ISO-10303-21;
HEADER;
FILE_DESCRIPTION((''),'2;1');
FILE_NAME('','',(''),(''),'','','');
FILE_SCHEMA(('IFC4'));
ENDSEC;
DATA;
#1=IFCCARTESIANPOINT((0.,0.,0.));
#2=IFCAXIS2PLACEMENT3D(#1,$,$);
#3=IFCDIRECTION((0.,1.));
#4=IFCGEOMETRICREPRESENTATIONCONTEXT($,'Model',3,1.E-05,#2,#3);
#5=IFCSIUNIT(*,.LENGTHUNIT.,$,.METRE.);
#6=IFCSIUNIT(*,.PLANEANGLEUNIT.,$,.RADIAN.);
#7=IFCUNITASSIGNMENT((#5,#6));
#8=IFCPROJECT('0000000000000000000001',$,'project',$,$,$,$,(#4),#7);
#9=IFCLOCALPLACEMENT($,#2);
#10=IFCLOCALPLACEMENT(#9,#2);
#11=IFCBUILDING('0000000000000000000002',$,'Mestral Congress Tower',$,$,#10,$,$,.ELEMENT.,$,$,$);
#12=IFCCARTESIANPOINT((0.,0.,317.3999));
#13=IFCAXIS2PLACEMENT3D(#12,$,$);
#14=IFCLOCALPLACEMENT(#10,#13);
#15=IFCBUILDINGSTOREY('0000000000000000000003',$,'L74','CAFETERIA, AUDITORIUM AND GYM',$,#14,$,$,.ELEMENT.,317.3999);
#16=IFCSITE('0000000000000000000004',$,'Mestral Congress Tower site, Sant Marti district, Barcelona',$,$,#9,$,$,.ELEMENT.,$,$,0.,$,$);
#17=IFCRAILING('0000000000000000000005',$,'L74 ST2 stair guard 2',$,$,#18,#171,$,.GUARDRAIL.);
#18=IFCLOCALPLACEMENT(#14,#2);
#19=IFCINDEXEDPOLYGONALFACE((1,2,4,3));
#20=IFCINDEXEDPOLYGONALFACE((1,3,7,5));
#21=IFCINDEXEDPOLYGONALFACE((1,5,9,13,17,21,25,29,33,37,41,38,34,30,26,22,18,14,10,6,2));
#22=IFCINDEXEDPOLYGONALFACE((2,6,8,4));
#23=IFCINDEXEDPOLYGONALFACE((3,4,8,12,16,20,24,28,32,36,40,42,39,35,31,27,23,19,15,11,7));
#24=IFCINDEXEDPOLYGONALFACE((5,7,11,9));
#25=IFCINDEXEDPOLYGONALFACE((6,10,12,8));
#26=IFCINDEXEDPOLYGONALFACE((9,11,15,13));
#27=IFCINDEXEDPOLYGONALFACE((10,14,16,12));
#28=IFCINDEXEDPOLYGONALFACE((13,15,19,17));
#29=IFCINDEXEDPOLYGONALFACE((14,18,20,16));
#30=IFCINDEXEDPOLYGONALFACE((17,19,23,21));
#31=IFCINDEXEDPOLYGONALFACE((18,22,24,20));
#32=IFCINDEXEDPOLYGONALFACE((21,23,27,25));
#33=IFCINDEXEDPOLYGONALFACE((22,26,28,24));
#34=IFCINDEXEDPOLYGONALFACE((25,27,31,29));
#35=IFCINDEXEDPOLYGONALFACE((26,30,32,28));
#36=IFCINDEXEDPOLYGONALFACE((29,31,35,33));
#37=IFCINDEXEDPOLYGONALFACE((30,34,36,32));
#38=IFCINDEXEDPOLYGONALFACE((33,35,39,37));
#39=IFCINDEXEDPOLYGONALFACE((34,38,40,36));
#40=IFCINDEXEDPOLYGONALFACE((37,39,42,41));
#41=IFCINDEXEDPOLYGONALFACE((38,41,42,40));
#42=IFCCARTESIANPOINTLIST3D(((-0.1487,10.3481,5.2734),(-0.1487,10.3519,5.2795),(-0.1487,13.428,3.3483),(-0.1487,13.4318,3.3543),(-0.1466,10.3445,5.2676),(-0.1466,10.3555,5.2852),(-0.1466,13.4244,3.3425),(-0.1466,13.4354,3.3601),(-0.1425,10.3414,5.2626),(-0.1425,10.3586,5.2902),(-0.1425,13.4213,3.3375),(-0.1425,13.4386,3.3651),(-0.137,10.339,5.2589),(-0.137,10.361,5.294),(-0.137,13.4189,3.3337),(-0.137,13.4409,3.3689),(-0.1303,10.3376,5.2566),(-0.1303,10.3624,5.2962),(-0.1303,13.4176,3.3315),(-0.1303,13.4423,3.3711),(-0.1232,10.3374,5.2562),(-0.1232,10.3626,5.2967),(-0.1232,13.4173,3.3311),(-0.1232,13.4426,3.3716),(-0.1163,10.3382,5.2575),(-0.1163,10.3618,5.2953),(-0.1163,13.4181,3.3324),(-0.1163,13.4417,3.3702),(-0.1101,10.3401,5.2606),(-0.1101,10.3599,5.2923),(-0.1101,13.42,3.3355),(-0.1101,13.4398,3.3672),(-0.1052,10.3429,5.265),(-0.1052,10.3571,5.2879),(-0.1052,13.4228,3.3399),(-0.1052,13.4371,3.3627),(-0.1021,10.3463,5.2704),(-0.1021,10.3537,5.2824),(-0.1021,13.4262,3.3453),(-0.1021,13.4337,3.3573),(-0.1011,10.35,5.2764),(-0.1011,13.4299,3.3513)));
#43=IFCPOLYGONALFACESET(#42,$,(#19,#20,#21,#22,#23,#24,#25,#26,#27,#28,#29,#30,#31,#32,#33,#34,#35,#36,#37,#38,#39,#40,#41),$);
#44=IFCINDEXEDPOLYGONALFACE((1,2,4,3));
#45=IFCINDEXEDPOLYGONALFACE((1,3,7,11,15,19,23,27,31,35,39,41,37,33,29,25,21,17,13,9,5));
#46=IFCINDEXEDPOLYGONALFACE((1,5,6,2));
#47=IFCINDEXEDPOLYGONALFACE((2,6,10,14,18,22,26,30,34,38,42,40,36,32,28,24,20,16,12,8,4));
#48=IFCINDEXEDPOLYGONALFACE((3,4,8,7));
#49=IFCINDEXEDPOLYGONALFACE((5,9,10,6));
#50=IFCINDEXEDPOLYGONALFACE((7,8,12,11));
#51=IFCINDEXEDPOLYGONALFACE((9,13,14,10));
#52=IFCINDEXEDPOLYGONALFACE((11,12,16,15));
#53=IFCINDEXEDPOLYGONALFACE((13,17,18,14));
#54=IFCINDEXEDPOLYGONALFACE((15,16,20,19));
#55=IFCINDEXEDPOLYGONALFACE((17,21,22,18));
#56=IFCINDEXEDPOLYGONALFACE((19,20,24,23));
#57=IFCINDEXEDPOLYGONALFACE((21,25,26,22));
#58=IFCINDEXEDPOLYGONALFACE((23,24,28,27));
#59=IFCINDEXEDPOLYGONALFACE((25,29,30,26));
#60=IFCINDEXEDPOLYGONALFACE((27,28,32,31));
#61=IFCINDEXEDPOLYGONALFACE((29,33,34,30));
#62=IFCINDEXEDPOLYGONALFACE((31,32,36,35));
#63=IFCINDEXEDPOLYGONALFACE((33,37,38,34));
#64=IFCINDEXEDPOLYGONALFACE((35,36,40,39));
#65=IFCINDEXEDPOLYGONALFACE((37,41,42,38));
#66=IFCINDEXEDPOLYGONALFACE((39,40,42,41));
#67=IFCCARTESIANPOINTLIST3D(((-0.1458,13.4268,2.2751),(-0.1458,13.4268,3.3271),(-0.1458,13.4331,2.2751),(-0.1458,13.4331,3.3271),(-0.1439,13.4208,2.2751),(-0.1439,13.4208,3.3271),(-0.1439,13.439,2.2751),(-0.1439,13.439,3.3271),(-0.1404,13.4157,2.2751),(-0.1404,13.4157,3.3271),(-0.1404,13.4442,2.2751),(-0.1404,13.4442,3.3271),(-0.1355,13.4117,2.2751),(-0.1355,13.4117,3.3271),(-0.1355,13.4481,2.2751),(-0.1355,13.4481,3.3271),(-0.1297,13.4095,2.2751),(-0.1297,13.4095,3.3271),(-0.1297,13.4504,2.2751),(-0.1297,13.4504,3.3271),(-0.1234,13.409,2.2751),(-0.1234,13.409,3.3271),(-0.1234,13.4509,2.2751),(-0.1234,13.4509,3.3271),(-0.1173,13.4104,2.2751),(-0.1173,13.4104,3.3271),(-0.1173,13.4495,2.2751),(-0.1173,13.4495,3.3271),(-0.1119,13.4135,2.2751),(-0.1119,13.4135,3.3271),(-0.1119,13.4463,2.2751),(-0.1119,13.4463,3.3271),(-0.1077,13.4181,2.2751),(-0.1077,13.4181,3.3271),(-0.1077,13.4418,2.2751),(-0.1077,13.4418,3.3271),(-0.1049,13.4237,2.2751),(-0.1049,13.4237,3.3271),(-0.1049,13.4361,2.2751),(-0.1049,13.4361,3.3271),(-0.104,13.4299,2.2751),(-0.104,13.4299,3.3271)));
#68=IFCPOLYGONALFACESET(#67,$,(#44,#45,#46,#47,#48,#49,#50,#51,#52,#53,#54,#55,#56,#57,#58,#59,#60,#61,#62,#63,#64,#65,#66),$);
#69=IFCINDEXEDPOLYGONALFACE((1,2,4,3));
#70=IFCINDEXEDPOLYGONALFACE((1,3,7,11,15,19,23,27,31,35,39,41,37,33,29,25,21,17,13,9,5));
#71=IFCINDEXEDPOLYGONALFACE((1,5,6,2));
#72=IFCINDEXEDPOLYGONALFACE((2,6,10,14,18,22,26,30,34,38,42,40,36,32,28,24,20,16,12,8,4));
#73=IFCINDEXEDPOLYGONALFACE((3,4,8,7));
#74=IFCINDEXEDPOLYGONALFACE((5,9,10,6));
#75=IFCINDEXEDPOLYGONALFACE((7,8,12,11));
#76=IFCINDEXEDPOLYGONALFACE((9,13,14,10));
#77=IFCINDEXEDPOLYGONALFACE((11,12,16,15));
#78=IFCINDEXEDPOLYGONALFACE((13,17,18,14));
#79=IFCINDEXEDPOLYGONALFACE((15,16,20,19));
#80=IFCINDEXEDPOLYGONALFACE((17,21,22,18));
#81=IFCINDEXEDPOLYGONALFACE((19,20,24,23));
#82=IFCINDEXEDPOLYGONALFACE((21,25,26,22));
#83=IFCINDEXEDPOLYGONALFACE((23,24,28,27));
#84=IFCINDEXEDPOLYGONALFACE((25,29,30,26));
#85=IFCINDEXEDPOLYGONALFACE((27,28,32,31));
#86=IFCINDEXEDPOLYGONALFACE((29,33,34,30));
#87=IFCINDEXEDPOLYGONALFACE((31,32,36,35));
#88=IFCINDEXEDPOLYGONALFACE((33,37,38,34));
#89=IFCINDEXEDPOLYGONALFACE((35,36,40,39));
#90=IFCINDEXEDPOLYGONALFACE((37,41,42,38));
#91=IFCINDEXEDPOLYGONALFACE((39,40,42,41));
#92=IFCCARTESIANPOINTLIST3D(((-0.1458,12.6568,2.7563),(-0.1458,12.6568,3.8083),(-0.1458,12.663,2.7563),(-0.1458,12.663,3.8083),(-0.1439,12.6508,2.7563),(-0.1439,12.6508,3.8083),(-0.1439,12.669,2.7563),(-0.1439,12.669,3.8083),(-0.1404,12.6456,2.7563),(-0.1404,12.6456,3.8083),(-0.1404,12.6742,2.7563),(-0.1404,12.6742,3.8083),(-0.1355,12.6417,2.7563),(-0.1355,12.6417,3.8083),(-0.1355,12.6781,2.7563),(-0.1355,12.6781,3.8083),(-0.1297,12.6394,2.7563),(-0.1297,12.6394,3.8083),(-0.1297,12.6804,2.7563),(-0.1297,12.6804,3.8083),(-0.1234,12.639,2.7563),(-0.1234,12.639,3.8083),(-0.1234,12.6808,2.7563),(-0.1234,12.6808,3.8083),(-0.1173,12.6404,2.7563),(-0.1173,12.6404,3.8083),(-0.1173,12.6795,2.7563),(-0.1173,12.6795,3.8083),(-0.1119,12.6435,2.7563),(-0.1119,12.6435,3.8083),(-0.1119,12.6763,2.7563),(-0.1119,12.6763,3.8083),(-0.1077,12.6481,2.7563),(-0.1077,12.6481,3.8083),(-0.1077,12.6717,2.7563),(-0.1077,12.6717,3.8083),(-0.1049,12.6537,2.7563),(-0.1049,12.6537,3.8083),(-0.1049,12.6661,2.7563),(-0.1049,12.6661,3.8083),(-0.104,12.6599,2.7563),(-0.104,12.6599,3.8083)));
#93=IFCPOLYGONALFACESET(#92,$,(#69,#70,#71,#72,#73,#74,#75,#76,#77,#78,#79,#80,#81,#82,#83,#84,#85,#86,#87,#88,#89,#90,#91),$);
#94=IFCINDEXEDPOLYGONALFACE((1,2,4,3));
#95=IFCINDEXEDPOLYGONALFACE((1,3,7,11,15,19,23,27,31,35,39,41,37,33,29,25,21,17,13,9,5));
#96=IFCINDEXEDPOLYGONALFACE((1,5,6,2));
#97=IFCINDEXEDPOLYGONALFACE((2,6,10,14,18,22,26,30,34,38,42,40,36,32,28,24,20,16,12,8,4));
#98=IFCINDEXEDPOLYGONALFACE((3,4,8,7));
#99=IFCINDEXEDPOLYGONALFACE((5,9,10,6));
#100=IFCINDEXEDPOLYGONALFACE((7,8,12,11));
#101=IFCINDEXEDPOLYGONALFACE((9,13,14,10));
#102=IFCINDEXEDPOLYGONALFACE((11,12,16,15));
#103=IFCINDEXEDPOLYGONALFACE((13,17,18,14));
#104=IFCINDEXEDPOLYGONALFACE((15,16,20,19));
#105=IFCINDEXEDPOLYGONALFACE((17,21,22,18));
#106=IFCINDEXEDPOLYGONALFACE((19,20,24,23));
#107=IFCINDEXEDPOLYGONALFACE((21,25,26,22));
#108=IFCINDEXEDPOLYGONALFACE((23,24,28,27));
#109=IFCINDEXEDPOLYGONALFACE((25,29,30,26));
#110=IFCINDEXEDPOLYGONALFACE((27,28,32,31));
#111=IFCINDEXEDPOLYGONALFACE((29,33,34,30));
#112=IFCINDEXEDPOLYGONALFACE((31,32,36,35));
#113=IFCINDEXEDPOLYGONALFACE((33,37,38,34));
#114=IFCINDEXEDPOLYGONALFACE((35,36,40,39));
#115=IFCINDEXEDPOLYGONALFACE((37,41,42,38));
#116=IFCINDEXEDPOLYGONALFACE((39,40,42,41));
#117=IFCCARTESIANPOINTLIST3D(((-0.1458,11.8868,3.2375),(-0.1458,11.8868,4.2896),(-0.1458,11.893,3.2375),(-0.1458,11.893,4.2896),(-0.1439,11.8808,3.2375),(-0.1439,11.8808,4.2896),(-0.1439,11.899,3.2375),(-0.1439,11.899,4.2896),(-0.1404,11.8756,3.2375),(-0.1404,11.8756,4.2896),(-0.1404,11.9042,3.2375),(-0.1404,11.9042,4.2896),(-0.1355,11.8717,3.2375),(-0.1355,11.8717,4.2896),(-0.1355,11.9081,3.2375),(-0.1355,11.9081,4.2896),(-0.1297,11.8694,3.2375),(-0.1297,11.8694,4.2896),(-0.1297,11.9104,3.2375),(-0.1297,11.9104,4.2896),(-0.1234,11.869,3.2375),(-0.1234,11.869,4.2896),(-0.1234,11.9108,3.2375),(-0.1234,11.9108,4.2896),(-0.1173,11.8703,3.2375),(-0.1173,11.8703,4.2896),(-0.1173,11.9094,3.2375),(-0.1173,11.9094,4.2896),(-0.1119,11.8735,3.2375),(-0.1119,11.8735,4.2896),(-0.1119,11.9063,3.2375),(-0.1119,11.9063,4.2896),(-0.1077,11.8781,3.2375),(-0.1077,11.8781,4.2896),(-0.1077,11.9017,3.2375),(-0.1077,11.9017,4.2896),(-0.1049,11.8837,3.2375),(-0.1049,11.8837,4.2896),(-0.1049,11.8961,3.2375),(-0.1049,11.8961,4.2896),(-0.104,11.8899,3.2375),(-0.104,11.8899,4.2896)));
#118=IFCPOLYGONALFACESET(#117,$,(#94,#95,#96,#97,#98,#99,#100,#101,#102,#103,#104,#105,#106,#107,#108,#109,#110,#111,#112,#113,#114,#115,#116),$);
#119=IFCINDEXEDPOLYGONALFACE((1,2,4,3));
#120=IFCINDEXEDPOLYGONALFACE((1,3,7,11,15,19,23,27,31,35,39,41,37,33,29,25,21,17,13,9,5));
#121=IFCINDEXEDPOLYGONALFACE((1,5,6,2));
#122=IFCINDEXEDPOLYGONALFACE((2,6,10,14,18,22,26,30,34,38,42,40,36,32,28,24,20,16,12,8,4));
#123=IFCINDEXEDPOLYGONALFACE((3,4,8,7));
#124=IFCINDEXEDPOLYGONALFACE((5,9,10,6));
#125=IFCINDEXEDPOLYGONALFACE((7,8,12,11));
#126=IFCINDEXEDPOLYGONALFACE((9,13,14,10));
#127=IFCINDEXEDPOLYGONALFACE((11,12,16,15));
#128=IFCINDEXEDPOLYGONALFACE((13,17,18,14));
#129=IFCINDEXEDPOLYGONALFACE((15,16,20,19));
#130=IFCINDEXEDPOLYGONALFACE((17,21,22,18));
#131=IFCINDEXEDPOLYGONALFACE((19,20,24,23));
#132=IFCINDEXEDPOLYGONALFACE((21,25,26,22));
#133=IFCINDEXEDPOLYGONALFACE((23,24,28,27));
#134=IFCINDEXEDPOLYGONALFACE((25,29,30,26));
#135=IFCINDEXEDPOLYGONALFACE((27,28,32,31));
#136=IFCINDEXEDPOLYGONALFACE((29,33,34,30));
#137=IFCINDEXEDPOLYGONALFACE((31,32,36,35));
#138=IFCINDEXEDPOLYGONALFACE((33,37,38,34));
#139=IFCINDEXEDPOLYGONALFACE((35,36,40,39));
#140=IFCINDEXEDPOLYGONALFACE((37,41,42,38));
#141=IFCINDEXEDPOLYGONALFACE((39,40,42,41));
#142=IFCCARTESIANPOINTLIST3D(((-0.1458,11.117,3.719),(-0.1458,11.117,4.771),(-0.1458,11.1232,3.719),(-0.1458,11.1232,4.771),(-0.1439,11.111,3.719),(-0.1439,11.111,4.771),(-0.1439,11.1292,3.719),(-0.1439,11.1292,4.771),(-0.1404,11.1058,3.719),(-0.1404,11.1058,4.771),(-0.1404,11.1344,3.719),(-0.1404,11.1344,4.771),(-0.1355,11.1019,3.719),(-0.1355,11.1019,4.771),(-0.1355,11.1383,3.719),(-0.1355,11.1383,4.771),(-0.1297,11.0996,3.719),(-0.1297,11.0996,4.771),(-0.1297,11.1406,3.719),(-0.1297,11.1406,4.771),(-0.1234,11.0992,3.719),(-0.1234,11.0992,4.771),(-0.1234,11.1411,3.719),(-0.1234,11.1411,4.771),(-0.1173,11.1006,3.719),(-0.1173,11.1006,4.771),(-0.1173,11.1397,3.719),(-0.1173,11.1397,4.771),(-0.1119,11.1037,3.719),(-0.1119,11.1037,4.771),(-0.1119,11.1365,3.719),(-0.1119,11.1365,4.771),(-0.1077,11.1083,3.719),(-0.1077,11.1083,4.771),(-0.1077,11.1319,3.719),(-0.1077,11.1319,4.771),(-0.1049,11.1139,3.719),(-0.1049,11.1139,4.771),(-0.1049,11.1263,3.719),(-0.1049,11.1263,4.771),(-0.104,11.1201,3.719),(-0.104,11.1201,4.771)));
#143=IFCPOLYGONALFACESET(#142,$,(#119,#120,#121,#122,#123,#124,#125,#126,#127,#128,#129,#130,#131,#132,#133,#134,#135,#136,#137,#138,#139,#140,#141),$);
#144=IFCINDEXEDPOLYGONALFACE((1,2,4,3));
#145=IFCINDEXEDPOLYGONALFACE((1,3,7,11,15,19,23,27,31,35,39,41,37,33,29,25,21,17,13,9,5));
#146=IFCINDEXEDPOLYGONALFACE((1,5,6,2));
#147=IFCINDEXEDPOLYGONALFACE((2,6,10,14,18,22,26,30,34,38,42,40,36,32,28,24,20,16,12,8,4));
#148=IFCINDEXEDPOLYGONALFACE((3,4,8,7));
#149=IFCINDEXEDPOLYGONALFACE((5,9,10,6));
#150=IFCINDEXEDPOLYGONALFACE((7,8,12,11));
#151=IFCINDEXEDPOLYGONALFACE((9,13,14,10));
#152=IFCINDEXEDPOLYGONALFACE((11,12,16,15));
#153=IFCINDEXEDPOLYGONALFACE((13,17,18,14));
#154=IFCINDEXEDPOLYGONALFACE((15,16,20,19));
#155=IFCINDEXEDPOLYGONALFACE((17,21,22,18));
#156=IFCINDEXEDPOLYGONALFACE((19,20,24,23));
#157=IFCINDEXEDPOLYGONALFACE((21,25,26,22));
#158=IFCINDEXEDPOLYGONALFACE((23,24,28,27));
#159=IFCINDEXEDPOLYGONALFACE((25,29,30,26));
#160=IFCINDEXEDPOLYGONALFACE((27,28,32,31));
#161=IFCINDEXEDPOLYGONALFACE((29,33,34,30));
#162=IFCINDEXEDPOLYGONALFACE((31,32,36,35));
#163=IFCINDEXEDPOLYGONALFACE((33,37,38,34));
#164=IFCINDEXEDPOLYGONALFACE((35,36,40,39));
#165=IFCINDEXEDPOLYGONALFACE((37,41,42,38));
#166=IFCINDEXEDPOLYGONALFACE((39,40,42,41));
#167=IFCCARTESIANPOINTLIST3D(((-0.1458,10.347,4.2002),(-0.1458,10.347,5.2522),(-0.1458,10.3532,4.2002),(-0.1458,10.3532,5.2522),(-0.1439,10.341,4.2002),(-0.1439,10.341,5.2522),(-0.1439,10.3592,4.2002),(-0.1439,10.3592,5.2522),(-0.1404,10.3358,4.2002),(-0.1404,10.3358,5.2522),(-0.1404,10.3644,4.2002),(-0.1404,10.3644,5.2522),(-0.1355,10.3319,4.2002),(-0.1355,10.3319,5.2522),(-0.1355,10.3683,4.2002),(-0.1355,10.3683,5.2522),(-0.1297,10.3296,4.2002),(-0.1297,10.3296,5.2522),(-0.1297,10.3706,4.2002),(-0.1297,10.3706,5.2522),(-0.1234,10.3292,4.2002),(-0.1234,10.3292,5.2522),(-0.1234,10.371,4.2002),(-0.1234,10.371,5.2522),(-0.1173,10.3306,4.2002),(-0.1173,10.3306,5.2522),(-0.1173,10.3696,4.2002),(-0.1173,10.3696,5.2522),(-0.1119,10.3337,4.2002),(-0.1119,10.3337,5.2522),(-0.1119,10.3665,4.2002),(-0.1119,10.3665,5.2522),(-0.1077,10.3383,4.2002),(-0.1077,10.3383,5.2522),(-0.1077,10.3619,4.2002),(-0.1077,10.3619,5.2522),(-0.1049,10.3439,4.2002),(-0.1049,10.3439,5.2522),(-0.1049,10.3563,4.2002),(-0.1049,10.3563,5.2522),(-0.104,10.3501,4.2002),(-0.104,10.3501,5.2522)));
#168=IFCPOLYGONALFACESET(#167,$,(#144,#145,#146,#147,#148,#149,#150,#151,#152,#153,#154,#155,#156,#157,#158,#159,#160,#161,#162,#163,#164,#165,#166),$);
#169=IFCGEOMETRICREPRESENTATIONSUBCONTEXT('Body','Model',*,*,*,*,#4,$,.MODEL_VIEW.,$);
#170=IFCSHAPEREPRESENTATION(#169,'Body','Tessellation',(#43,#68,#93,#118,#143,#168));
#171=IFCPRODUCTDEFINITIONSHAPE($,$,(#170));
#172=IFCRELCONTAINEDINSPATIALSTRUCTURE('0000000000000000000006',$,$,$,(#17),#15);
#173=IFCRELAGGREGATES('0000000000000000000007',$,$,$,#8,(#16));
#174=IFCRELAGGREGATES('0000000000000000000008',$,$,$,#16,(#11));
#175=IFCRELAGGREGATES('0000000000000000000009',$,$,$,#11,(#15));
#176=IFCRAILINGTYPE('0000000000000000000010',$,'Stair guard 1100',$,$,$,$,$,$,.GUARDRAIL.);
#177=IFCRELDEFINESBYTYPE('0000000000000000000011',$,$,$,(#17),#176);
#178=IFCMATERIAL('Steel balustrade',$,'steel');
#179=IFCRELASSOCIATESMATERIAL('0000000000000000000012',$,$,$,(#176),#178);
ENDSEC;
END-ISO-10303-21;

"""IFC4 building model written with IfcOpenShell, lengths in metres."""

from ifc_helpers import new_model, si_unit, direction, frame, origin, origin_2d, place, context, subcontext, project, spatial, circle, extrude, material, type_object, element, save


model = new_model("IFC4")

# Units and contexts
model_context = context("Model", 3, precision=1e-05, world=origin(), true_north=direction((0.0, 1.0)))
body_context = subcontext(model_context, "Body", "Model", "MODEL_VIEW")
ifc_project = project(units=[si_unit("LENGTHUNIT", "METRE"), si_unit("PLANEANGLEUNIT", "RADIAN")], contexts=[model_context])

# Site, building, storey
site_placement = place(None, origin())
site = spatial("IfcSite", under=ifc_project, at=site_placement, Name="Mestral Congress Tower site, Sant Marti district, Barcelona", CompositionType="ELEMENT", RefElevation=0.0)
building_placement = place(site_placement, origin())
building = spatial("IfcBuilding", under=site, at=building_placement, Name="Mestral Congress Tower", CompositionType="ELEMENT")
storey_placement = place(building_placement, frame((0.0, 0.0, 317.3999)))
storey = spatial("IfcBuildingStorey", under=building, at=storey_placement, Name="L74", Description="CAFETERIA, AUDITORIUM AND GYM", CompositionType="ELEMENT", Elevation=317.3999)

# Railing
ifc_material_1 = material(Name="Steel balustrade", Category="steel")
railing_type = type_object("IfcRailingType", Name="Stair guard 1100", PredefinedType="GUARDRAIL", material=ifc_material_1)
railing_placement = place(storey_placement, frame((-0.125, 13.4299, 2.2751)))
element("IfcRailing", 1, at=railing_placement, inside=storey, type_object=railing_type, Name="L74 ST2 stair guard 2", PredefinedType="GUARDRAIL", context=body_context, shape_type="SweptSolid", body=[
    extrude(circle(Radius=0.0239, at=origin_2d()), frame((0.0, 0.0, 1.0762), z_axis=(0.0, -0.847979, 0.530029), x_axis=(1.0, 0.0, 0.0)), (0.0, 0.0, 1.0), 3.6321),
    extrude(circle(Radius=0.021, at=origin_2d()), origin(), (0.0, 0.0, 1.0), 1.052),
    extrude(circle(Radius=0.021, at=origin_2d()), frame((0.0, -0.77, 0.4812)), (0.0, 0.0, 1.0), 1.052),
    extrude(circle(Radius=0.021, at=origin_2d()), frame((0.0, -1.54, 0.9624)), (0.0, 0.0, 1.0), 1.052),
    extrude(circle(Radius=0.021, at=origin_2d()), frame((0.0, -2.3098, 1.4438)), (0.0, 0.0, 1.0), 1.052),
    extrude(circle(Radius=0.021, at=origin_2d()), frame((0.0, -3.0798, 1.925)), (0.0, 0.0, 1.0), 1.052),
])

save(model, "model.ifc")
